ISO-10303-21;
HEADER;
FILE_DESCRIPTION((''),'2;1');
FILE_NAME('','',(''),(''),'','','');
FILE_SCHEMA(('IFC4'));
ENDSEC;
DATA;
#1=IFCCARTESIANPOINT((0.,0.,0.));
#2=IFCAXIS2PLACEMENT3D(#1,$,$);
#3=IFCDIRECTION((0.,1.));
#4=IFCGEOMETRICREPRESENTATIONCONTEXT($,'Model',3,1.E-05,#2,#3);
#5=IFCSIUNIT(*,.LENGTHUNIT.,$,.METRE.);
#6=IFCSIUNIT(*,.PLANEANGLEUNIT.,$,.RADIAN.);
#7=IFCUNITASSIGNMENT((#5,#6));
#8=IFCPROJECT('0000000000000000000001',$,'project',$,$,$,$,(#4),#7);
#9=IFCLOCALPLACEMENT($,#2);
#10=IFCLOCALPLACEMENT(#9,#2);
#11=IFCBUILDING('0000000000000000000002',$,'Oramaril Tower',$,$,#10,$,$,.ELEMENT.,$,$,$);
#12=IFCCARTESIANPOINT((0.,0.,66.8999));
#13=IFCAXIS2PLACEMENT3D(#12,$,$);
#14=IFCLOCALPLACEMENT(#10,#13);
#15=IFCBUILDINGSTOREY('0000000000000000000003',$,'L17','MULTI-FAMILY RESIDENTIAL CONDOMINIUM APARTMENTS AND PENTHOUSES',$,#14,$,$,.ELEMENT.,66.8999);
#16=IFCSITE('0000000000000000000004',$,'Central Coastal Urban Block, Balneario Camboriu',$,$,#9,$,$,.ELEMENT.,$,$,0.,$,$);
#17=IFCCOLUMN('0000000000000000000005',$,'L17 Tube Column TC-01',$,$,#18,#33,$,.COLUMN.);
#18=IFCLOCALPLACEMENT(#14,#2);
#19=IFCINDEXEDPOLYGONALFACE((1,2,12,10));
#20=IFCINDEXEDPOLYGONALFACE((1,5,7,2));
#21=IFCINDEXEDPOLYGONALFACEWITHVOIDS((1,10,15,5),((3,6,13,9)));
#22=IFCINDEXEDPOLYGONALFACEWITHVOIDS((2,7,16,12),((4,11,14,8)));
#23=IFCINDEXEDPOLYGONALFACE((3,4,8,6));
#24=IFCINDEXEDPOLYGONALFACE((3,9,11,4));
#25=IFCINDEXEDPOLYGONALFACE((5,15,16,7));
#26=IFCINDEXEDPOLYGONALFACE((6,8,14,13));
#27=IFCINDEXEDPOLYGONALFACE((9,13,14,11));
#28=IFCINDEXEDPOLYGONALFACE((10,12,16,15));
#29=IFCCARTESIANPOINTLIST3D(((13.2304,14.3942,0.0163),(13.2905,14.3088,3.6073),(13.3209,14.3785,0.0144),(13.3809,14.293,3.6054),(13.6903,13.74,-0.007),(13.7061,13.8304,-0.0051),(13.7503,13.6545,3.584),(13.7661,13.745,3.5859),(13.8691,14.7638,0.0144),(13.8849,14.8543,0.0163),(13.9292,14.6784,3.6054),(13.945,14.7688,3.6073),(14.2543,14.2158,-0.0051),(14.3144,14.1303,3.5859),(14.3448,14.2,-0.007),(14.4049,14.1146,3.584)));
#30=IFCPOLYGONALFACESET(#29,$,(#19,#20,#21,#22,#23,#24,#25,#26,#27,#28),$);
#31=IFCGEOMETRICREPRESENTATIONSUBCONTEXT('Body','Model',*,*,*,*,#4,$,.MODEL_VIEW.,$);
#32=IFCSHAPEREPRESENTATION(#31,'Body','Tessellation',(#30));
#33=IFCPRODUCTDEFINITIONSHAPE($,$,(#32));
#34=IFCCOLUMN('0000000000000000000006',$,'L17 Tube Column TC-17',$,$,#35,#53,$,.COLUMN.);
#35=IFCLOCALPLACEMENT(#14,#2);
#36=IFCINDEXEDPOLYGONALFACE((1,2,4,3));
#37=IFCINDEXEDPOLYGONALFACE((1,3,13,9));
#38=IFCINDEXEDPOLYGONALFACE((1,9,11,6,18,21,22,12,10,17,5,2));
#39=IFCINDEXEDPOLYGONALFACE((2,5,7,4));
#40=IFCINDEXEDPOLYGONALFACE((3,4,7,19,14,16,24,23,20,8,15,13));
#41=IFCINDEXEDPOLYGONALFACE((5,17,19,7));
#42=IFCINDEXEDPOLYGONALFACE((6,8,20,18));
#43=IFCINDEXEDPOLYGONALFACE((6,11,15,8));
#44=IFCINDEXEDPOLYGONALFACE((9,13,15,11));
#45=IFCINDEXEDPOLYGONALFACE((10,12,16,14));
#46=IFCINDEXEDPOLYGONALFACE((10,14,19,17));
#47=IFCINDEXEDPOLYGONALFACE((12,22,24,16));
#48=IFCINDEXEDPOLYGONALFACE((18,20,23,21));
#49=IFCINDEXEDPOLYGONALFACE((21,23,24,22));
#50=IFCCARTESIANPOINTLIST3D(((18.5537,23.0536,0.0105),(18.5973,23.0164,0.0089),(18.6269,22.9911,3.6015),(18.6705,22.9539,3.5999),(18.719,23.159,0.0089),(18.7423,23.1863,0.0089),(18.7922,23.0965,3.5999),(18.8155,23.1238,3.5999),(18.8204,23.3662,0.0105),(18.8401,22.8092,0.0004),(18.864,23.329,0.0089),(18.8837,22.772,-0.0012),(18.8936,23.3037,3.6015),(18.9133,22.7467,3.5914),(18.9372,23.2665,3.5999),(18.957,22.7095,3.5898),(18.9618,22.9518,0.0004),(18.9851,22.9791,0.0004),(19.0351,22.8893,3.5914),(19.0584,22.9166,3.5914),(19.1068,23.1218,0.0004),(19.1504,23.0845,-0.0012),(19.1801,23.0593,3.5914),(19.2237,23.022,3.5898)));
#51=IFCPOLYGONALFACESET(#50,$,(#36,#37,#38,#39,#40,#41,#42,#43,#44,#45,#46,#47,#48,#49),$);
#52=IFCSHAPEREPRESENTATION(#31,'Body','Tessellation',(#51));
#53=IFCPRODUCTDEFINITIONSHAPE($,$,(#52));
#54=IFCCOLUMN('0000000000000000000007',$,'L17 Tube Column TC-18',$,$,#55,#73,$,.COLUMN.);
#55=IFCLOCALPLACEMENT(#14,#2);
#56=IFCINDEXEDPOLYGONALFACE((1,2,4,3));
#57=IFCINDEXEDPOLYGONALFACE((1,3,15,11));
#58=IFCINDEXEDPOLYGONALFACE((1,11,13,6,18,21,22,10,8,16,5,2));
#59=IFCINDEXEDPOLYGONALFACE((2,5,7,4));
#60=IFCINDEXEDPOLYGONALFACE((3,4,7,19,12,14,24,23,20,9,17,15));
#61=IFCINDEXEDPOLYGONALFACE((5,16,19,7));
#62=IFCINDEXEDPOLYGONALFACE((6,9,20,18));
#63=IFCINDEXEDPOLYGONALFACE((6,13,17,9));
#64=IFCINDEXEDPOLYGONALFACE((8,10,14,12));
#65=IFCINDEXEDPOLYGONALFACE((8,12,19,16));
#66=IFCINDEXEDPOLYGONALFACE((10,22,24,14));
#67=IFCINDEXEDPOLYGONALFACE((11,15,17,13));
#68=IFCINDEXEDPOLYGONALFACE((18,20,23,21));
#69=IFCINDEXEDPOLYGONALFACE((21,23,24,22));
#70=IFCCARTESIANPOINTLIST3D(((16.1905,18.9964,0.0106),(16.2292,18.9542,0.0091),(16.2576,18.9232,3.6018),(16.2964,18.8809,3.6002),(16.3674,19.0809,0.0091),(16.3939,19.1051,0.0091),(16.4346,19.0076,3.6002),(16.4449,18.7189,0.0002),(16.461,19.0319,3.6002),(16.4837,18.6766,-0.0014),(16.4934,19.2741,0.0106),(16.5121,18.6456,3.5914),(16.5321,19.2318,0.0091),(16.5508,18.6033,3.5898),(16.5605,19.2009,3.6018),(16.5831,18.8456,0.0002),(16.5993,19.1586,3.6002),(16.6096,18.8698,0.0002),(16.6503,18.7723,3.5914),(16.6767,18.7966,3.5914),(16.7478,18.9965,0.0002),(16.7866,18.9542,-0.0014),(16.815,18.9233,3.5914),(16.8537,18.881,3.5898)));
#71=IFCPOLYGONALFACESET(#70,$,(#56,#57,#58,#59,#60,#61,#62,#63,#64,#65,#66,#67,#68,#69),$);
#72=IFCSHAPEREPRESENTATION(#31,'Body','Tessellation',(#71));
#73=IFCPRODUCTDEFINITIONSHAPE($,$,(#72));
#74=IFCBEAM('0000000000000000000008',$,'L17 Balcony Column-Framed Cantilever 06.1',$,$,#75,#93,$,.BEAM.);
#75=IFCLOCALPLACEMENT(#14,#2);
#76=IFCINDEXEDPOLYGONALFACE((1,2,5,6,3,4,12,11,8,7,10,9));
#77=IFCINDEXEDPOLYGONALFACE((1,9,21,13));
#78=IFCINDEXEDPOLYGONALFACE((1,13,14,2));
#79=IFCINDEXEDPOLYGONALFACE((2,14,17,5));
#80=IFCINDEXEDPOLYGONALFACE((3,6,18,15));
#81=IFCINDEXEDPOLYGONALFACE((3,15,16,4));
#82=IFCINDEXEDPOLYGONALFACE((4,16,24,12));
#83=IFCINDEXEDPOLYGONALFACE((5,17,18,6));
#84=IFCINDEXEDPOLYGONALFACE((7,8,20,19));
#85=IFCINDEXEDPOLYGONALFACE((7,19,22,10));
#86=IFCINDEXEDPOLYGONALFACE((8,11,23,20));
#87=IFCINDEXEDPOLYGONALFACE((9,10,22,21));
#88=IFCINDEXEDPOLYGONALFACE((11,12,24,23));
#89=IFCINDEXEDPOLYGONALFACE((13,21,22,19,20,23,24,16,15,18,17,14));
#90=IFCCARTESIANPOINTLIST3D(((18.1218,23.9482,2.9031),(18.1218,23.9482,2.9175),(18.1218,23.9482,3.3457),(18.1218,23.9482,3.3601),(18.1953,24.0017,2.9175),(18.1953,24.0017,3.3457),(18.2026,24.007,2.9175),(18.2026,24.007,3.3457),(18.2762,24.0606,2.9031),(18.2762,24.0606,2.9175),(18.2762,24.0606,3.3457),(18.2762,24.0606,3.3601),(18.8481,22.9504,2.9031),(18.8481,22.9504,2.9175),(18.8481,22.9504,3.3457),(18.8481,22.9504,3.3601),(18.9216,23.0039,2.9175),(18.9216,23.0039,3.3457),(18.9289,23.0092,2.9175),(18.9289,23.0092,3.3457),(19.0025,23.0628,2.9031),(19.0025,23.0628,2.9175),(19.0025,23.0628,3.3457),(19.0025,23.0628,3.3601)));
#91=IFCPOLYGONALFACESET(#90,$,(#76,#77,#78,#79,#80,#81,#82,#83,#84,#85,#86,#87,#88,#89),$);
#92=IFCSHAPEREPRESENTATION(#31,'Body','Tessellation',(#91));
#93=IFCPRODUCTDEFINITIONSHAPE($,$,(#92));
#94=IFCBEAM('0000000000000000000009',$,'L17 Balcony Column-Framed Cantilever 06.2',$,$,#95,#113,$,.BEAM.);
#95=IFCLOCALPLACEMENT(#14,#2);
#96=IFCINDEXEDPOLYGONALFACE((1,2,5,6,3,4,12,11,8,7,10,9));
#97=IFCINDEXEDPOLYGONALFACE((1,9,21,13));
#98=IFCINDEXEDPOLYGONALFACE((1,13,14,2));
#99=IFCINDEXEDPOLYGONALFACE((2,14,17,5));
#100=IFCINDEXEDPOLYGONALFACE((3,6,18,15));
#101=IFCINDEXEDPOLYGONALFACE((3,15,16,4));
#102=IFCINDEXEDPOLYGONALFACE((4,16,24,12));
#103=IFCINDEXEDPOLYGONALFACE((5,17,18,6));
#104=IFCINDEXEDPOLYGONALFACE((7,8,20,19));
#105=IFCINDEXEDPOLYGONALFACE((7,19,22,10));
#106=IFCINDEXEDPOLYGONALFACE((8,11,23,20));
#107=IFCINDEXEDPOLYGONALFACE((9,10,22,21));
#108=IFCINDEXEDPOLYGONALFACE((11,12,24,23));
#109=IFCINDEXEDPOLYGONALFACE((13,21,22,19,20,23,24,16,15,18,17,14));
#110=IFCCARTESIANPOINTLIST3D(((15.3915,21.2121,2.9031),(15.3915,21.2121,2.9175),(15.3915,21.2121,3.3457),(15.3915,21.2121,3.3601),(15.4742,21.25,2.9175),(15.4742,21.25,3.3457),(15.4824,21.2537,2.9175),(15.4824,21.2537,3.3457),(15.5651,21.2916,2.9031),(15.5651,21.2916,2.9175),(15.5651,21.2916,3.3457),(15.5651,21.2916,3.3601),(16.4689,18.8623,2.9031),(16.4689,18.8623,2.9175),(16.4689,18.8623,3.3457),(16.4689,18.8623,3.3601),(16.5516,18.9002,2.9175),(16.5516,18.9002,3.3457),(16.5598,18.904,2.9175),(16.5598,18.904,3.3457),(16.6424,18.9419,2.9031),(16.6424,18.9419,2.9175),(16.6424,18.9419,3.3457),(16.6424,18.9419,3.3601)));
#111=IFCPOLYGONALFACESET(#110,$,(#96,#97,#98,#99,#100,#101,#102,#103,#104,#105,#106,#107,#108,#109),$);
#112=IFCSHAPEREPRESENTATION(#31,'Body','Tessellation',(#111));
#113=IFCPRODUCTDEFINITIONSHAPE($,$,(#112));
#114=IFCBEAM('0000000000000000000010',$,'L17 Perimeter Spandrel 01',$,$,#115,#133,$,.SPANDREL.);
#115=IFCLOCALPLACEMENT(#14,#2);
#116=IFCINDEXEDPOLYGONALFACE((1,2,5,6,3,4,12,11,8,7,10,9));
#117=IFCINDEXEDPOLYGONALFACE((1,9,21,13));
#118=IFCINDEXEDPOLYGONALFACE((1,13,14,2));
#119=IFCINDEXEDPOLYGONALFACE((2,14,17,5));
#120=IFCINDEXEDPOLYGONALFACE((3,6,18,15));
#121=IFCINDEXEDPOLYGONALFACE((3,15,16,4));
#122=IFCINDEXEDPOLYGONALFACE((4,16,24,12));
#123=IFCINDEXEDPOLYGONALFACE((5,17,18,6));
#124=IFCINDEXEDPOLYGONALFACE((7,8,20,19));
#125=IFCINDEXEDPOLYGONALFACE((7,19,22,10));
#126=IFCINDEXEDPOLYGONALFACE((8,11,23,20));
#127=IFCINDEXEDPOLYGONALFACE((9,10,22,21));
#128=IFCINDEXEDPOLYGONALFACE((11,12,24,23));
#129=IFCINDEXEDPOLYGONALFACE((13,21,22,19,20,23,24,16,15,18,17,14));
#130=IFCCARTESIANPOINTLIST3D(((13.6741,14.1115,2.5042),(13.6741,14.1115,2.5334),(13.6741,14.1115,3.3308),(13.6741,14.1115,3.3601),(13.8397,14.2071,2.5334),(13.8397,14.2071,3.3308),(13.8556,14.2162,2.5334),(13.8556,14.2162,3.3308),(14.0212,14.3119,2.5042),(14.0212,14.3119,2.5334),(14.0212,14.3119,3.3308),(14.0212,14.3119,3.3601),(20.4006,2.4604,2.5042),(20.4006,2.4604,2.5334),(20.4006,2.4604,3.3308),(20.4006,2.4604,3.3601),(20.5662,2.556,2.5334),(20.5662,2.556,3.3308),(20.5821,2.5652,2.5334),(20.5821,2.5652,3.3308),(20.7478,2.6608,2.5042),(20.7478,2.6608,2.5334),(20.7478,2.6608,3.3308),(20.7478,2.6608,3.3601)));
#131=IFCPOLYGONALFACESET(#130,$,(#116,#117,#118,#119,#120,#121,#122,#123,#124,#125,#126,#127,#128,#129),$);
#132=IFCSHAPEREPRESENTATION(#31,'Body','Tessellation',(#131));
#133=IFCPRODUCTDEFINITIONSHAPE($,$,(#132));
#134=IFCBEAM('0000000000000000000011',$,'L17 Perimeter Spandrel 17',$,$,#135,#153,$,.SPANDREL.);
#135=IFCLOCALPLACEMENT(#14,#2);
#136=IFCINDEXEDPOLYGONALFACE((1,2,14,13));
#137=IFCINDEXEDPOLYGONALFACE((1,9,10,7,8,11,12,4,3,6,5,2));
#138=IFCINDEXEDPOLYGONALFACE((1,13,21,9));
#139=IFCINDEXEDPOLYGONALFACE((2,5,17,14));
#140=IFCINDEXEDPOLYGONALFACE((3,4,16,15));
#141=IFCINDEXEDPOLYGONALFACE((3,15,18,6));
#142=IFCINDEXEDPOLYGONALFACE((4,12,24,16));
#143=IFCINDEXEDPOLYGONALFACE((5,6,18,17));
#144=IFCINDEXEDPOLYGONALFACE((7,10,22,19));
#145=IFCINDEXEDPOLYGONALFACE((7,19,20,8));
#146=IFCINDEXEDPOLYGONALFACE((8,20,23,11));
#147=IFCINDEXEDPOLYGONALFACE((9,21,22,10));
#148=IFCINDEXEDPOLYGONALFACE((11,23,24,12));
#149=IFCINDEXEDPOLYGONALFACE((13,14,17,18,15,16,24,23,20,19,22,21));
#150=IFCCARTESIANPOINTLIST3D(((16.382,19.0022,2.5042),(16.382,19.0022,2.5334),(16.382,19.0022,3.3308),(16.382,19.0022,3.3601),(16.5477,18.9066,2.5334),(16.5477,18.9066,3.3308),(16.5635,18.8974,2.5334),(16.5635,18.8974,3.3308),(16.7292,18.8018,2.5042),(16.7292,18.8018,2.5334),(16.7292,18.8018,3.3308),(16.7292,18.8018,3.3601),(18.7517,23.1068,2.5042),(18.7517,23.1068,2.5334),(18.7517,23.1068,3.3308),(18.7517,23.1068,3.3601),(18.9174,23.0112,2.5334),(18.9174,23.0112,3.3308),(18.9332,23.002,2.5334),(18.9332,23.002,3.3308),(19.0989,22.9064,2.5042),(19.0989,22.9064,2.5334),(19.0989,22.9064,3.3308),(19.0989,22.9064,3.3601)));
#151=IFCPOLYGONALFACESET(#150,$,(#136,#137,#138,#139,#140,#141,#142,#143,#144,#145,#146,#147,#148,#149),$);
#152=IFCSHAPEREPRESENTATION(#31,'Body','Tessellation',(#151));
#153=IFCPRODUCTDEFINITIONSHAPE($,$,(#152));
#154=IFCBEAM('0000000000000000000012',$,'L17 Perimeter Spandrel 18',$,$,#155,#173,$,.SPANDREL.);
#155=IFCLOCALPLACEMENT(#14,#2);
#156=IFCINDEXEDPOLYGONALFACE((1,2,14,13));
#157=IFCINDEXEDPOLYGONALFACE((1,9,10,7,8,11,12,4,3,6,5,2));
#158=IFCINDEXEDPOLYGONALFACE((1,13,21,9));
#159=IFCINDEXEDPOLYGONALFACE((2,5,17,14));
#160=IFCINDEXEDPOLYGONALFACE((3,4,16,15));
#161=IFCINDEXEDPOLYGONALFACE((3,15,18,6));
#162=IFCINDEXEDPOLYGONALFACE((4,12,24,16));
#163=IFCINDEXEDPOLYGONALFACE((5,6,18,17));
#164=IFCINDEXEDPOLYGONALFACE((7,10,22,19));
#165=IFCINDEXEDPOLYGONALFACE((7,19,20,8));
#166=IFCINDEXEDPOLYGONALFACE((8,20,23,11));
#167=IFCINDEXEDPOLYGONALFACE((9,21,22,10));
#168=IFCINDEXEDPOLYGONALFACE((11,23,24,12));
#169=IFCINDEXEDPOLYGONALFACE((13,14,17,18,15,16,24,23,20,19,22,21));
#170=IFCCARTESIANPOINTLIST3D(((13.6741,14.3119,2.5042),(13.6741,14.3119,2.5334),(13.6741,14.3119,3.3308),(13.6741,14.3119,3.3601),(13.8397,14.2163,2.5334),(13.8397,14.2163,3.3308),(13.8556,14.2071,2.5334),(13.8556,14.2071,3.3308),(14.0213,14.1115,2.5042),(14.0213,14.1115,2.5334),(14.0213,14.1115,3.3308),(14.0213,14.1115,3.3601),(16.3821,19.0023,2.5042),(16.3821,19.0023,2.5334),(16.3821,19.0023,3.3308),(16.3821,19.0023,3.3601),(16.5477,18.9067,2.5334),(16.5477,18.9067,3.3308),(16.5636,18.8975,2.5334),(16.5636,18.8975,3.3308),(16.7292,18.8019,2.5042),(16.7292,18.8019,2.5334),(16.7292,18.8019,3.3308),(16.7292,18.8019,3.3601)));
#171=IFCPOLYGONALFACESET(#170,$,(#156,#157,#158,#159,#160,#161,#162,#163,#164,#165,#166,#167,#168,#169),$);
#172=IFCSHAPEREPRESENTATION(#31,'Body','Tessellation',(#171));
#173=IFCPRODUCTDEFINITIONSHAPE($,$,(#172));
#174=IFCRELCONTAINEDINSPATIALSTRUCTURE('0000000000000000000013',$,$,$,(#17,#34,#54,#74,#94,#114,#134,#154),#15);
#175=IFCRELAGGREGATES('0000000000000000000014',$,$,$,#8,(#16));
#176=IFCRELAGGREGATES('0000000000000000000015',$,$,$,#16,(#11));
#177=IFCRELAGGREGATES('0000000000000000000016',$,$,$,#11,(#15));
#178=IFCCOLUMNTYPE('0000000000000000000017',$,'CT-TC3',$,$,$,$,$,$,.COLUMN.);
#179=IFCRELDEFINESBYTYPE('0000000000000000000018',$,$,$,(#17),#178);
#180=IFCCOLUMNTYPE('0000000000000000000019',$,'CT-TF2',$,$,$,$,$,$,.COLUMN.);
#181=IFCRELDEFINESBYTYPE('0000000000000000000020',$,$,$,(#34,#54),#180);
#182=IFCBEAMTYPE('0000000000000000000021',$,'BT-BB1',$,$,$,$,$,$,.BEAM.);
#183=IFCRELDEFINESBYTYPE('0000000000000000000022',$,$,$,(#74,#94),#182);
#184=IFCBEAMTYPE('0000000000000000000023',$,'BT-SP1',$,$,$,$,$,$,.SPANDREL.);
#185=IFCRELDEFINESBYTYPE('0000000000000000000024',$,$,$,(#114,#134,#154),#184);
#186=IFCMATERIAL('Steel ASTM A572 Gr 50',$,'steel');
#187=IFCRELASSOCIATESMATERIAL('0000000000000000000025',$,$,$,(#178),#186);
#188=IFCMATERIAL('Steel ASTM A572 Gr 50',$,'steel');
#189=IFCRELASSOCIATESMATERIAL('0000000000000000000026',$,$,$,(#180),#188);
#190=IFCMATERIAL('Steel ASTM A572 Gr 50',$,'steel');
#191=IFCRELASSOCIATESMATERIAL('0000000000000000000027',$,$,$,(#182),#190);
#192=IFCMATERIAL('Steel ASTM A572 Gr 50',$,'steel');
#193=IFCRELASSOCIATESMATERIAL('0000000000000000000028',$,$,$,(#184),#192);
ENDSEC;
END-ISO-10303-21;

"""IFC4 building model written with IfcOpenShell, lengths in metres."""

from ifc_helpers import new_model, si_unit, direction, frame, origin, origin_2d, place, context, subcontext, project, spatial, hollow_rectangle, i_section, extrude, material, material_profile, profile_set, type_object, element, save


model = new_model("IFC4")

# Units and contexts
model_context = context("Model", 3, precision=1e-05, world=origin(), true_north=direction((0.0, 1.0)))
body_context = subcontext(model_context, "Body", "Model", "MODEL_VIEW")
ifc_project = project(units=[si_unit("LENGTHUNIT", "METRE"), si_unit("PLANEANGLEUNIT", "RADIAN")], contexts=[model_context])

# Site, building, storey
site_placement = place(None, origin())
site = spatial("IfcSite", under=ifc_project, at=site_placement, Name="Central Coastal Urban Block, Balneario Camboriu", CompositionType="ELEMENT", RefElevation=0.0)
building_placement = place(site_placement, origin())
building = spatial("IfcBuilding", under=site, at=building_placement, Name="Oramaril Tower", CompositionType="ELEMENT")
storey_placement = place(building_placement, frame((0.0, 0.0, 66.8999)))
storey = spatial("IfcBuildingStorey", under=building, at=storey_placement, Name="L17", Description="MULTI-FAMILY RESIDENTIAL CONDOMINIUM APARTMENTS AND PENTHOUSES", CompositionType="ELEMENT", Elevation=66.8999)

# Columns
ifc_material_1 = material(Name="Steel ASTM A572 Gr 50", Category="steel")
ifc_material_profile_1 = material_profile(ifc_material_1, hollow_rectangle(XDim=0.8, YDim=0.8, WallThickness=0.0649, at=origin_2d()), Name="BOX800X800X65")
ifc_profile_set_1 = profile_set([ifc_material_profile_1], Name="Steel ASTM A572 Gr 50")
column_type_1 = type_object("IfcColumnType", Name="CT-TC3", PredefinedType="COLUMN", material=ifc_profile_set_1)
column_1_placement = place(storey_placement, frame((13.7876, 14.2971, 0.0046), z_axis=(0.016717, -0.023785, 0.999577), x_axis=(0.818132, 0.57503, 0.0)))
element("IfcColumn", 1, at=column_1_placement, inside=storey, type_object=column_type_1, Name="L17 Tube Column TC-01", PredefinedType="COLUMN", context=body_context, shape_type="SweptSolid", body=[
    extrude(hollow_rectangle(XDim=0.8, YDim=0.8, WallThickness=0.0649, at=origin_2d()), origin(), (0.0, 0.0, 1.0), 3.5925),
])
ifc_material_2 = material(Name="Steel ASTM A572 Gr 50", Category="steel")
ifc_material_profile_2 = material_profile(ifc_material_2, i_section(OverallWidth=0.4109, OverallDepth=0.4341, WebThickness=0.0359, FlangeThickness=0.0574, at=origin_2d()), Name="W14X311")
ifc_profile_set_2 = profile_set([ifc_material_profile_2], Name="Steel ASTM A572 Gr 50")
column_type_2 = type_object("IfcColumnType", Name="CT-TF2", PredefinedType="COLUMN", material=ifc_profile_set_2)
column_2_placement = place(storey_placement, frame((18.8521, 23.0691, 0.0046), z_axis=(0.020388, -0.017398, 0.999641), x_axis=(0.649119, 0.760687, 0.0)))
element("IfcColumn", 2, at=column_2_placement, inside=storey, type_object=column_type_2, Name="L17 Tube Column TC-17", PredefinedType="COLUMN", context=body_context, shape_type="SweptSolid", body=[
    extrude(i_section(OverallWidth=0.4109, OverallDepth=0.4341, WebThickness=0.0359, FlangeThickness=0.0574, at=origin_2d()), origin(), (0.0, 0.0, 1.0), 3.5923),
])
column_3_placement = place(storey_placement, frame((16.4885, 18.9753, 0.0046), z_axis=(0.018689, -0.020388, 0.999617), x_axis=(0.737154, 0.675725, 0.0)))
element("IfcColumn", 3, at=column_3_placement, inside=storey, type_object=column_type_2, Name="L17 Tube Column TC-18", PredefinedType="COLUMN", context=body_context, shape_type="SweptSolid", body=[
    extrude(i_section(OverallWidth=0.4109, OverallDepth=0.4341, WebThickness=0.0359, FlangeThickness=0.0574, at=origin_2d()), origin(), (0.0, 0.0, 1.0), 3.5925),
])

# Beams
ifc_material_3 = material(Name="Steel ASTM A572 Gr 50", Category="steel")
ifc_material_profile_3 = material_profile(ifc_material_3, i_section(OverallWidth=0.1909, OverallDepth=0.457, WebThickness=0.009, FlangeThickness=0.0144, at=origin_2d()), Name="W18X50")
ifc_profile_set_3 = profile_set([ifc_material_profile_3], Name="Steel ASTM A572 Gr 50")
beam_type_1 = type_object("IfcBeamType", Name="BT-BB1", PredefinedType="BEAM", material=ifc_profile_set_3)
beam_1_placement = place(storey_placement, frame((18.9253, 23.0066, 3.1316), z_axis=(-0.588513, 0.808488, 0.0), x_axis=(-0.808488, -0.588513, 0.0)))
element("IfcBeam", 4, at=beam_1_placement, inside=storey, type_object=beam_type_1, Name="L17 Balcony Column-Framed Cantilever 06.1", PredefinedType="BEAM", context=body_context, shape_type="SweptSolid", body=[
    extrude(i_section(OverallWidth=0.1909, OverallDepth=0.457, WebThickness=0.009, FlangeThickness=0.0144, at=origin_2d()), origin(), (0.0, 0.0, 1.0), 1.2341),
])
beam_2_placement = place(storey_placement, frame((16.5557, 18.9021, 3.1316), z_axis=(-0.416775, 0.90901, 0.0), x_axis=(-0.90901, -0.416775, 0.0)))
element("IfcBeam", 5, at=beam_2_placement, inside=storey, type_object=beam_type_1, Name="L17 Balcony Column-Framed Cantilever 06.2", PredefinedType="BEAM", context=body_context, shape_type="SweptSolid", body=[
    extrude(i_section(OverallWidth=0.1909, OverallDepth=0.457, WebThickness=0.009, FlangeThickness=0.0144, at=origin_2d()), origin(), (0.0, 0.0, 1.0), 2.585),
])
ifc_material_4 = material(Name="Steel ASTM A572 Gr 50", Category="steel")
ifc_material_profile_4 = material_profile(ifc_material_4, i_section(OverallWidth=0.4009, OverallDepth=0.856, WebThickness=0.0183, FlangeThickness=0.0293, at=origin_2d()), Name="W33X201")
ifc_profile_set_4 = profile_set([ifc_material_profile_4], Name="Steel ASTM A572 Gr 50")
beam_type_2 = type_object("IfcBeamType", Name="BT-SP1", PredefinedType="SPANDREL", material=ifc_profile_set_4)
beam_3_placement = place(storey_placement, frame((13.8477, 14.2117, 2.9321), z_axis=(0.499988, -0.866032, 0.0), x_axis=(0.866032, 0.499988, 0.0)))
element("IfcBeam", 6, at=beam_3_placement, inside=storey, type_object=beam_type_2, Name="L17 Perimeter Spandrel 01", PredefinedType="SPANDREL", context=body_context, shape_type="SweptSolid", body=[
    extrude(i_section(OverallWidth=0.4009, OverallDepth=0.856, WebThickness=0.0183, FlangeThickness=0.0293, at=origin_2d()), origin(), (0.0, 0.0, 1.0), 13.4534),
])
beam_4_placement = place(storey_placement, frame((18.9253, 23.0066, 2.9321), z_axis=(-0.499984, -0.866035, 0.0), x_axis=(0.866035, -0.499984, 0.0)))
element("IfcBeam", 7, at=beam_4_placement, inside=storey, type_object=beam_type_2, Name="L17 Perimeter Spandrel 17", PredefinedType="SPANDREL", context=body_context, shape_type="SweptSolid", body=[
    extrude(i_section(OverallWidth=0.4009, OverallDepth=0.856, WebThickness=0.0183, FlangeThickness=0.0293, at=origin_2d()), origin(), (0.0, 0.0, 1.0), 4.7395),
])
beam_5_placement = place(storey_placement, frame((16.5557, 18.9021, 2.9321), z_axis=(-0.499998, -0.866026, 0.0), x_axis=(0.866026, -0.499998, 0.0)))
element("IfcBeam", 8, at=beam_5_placement, inside=storey, type_object=beam_type_2, Name="L17 Perimeter Spandrel 18", PredefinedType="SPANDREL", context=body_context, shape_type="SweptSolid", body=[
    extrude(i_section(OverallWidth=0.4009, OverallDepth=0.856, WebThickness=0.0183, FlangeThickness=0.0293, at=origin_2d()), origin(), (0.0, 0.0, 1.0), 5.416),
])

save(model, "model.ifc")
